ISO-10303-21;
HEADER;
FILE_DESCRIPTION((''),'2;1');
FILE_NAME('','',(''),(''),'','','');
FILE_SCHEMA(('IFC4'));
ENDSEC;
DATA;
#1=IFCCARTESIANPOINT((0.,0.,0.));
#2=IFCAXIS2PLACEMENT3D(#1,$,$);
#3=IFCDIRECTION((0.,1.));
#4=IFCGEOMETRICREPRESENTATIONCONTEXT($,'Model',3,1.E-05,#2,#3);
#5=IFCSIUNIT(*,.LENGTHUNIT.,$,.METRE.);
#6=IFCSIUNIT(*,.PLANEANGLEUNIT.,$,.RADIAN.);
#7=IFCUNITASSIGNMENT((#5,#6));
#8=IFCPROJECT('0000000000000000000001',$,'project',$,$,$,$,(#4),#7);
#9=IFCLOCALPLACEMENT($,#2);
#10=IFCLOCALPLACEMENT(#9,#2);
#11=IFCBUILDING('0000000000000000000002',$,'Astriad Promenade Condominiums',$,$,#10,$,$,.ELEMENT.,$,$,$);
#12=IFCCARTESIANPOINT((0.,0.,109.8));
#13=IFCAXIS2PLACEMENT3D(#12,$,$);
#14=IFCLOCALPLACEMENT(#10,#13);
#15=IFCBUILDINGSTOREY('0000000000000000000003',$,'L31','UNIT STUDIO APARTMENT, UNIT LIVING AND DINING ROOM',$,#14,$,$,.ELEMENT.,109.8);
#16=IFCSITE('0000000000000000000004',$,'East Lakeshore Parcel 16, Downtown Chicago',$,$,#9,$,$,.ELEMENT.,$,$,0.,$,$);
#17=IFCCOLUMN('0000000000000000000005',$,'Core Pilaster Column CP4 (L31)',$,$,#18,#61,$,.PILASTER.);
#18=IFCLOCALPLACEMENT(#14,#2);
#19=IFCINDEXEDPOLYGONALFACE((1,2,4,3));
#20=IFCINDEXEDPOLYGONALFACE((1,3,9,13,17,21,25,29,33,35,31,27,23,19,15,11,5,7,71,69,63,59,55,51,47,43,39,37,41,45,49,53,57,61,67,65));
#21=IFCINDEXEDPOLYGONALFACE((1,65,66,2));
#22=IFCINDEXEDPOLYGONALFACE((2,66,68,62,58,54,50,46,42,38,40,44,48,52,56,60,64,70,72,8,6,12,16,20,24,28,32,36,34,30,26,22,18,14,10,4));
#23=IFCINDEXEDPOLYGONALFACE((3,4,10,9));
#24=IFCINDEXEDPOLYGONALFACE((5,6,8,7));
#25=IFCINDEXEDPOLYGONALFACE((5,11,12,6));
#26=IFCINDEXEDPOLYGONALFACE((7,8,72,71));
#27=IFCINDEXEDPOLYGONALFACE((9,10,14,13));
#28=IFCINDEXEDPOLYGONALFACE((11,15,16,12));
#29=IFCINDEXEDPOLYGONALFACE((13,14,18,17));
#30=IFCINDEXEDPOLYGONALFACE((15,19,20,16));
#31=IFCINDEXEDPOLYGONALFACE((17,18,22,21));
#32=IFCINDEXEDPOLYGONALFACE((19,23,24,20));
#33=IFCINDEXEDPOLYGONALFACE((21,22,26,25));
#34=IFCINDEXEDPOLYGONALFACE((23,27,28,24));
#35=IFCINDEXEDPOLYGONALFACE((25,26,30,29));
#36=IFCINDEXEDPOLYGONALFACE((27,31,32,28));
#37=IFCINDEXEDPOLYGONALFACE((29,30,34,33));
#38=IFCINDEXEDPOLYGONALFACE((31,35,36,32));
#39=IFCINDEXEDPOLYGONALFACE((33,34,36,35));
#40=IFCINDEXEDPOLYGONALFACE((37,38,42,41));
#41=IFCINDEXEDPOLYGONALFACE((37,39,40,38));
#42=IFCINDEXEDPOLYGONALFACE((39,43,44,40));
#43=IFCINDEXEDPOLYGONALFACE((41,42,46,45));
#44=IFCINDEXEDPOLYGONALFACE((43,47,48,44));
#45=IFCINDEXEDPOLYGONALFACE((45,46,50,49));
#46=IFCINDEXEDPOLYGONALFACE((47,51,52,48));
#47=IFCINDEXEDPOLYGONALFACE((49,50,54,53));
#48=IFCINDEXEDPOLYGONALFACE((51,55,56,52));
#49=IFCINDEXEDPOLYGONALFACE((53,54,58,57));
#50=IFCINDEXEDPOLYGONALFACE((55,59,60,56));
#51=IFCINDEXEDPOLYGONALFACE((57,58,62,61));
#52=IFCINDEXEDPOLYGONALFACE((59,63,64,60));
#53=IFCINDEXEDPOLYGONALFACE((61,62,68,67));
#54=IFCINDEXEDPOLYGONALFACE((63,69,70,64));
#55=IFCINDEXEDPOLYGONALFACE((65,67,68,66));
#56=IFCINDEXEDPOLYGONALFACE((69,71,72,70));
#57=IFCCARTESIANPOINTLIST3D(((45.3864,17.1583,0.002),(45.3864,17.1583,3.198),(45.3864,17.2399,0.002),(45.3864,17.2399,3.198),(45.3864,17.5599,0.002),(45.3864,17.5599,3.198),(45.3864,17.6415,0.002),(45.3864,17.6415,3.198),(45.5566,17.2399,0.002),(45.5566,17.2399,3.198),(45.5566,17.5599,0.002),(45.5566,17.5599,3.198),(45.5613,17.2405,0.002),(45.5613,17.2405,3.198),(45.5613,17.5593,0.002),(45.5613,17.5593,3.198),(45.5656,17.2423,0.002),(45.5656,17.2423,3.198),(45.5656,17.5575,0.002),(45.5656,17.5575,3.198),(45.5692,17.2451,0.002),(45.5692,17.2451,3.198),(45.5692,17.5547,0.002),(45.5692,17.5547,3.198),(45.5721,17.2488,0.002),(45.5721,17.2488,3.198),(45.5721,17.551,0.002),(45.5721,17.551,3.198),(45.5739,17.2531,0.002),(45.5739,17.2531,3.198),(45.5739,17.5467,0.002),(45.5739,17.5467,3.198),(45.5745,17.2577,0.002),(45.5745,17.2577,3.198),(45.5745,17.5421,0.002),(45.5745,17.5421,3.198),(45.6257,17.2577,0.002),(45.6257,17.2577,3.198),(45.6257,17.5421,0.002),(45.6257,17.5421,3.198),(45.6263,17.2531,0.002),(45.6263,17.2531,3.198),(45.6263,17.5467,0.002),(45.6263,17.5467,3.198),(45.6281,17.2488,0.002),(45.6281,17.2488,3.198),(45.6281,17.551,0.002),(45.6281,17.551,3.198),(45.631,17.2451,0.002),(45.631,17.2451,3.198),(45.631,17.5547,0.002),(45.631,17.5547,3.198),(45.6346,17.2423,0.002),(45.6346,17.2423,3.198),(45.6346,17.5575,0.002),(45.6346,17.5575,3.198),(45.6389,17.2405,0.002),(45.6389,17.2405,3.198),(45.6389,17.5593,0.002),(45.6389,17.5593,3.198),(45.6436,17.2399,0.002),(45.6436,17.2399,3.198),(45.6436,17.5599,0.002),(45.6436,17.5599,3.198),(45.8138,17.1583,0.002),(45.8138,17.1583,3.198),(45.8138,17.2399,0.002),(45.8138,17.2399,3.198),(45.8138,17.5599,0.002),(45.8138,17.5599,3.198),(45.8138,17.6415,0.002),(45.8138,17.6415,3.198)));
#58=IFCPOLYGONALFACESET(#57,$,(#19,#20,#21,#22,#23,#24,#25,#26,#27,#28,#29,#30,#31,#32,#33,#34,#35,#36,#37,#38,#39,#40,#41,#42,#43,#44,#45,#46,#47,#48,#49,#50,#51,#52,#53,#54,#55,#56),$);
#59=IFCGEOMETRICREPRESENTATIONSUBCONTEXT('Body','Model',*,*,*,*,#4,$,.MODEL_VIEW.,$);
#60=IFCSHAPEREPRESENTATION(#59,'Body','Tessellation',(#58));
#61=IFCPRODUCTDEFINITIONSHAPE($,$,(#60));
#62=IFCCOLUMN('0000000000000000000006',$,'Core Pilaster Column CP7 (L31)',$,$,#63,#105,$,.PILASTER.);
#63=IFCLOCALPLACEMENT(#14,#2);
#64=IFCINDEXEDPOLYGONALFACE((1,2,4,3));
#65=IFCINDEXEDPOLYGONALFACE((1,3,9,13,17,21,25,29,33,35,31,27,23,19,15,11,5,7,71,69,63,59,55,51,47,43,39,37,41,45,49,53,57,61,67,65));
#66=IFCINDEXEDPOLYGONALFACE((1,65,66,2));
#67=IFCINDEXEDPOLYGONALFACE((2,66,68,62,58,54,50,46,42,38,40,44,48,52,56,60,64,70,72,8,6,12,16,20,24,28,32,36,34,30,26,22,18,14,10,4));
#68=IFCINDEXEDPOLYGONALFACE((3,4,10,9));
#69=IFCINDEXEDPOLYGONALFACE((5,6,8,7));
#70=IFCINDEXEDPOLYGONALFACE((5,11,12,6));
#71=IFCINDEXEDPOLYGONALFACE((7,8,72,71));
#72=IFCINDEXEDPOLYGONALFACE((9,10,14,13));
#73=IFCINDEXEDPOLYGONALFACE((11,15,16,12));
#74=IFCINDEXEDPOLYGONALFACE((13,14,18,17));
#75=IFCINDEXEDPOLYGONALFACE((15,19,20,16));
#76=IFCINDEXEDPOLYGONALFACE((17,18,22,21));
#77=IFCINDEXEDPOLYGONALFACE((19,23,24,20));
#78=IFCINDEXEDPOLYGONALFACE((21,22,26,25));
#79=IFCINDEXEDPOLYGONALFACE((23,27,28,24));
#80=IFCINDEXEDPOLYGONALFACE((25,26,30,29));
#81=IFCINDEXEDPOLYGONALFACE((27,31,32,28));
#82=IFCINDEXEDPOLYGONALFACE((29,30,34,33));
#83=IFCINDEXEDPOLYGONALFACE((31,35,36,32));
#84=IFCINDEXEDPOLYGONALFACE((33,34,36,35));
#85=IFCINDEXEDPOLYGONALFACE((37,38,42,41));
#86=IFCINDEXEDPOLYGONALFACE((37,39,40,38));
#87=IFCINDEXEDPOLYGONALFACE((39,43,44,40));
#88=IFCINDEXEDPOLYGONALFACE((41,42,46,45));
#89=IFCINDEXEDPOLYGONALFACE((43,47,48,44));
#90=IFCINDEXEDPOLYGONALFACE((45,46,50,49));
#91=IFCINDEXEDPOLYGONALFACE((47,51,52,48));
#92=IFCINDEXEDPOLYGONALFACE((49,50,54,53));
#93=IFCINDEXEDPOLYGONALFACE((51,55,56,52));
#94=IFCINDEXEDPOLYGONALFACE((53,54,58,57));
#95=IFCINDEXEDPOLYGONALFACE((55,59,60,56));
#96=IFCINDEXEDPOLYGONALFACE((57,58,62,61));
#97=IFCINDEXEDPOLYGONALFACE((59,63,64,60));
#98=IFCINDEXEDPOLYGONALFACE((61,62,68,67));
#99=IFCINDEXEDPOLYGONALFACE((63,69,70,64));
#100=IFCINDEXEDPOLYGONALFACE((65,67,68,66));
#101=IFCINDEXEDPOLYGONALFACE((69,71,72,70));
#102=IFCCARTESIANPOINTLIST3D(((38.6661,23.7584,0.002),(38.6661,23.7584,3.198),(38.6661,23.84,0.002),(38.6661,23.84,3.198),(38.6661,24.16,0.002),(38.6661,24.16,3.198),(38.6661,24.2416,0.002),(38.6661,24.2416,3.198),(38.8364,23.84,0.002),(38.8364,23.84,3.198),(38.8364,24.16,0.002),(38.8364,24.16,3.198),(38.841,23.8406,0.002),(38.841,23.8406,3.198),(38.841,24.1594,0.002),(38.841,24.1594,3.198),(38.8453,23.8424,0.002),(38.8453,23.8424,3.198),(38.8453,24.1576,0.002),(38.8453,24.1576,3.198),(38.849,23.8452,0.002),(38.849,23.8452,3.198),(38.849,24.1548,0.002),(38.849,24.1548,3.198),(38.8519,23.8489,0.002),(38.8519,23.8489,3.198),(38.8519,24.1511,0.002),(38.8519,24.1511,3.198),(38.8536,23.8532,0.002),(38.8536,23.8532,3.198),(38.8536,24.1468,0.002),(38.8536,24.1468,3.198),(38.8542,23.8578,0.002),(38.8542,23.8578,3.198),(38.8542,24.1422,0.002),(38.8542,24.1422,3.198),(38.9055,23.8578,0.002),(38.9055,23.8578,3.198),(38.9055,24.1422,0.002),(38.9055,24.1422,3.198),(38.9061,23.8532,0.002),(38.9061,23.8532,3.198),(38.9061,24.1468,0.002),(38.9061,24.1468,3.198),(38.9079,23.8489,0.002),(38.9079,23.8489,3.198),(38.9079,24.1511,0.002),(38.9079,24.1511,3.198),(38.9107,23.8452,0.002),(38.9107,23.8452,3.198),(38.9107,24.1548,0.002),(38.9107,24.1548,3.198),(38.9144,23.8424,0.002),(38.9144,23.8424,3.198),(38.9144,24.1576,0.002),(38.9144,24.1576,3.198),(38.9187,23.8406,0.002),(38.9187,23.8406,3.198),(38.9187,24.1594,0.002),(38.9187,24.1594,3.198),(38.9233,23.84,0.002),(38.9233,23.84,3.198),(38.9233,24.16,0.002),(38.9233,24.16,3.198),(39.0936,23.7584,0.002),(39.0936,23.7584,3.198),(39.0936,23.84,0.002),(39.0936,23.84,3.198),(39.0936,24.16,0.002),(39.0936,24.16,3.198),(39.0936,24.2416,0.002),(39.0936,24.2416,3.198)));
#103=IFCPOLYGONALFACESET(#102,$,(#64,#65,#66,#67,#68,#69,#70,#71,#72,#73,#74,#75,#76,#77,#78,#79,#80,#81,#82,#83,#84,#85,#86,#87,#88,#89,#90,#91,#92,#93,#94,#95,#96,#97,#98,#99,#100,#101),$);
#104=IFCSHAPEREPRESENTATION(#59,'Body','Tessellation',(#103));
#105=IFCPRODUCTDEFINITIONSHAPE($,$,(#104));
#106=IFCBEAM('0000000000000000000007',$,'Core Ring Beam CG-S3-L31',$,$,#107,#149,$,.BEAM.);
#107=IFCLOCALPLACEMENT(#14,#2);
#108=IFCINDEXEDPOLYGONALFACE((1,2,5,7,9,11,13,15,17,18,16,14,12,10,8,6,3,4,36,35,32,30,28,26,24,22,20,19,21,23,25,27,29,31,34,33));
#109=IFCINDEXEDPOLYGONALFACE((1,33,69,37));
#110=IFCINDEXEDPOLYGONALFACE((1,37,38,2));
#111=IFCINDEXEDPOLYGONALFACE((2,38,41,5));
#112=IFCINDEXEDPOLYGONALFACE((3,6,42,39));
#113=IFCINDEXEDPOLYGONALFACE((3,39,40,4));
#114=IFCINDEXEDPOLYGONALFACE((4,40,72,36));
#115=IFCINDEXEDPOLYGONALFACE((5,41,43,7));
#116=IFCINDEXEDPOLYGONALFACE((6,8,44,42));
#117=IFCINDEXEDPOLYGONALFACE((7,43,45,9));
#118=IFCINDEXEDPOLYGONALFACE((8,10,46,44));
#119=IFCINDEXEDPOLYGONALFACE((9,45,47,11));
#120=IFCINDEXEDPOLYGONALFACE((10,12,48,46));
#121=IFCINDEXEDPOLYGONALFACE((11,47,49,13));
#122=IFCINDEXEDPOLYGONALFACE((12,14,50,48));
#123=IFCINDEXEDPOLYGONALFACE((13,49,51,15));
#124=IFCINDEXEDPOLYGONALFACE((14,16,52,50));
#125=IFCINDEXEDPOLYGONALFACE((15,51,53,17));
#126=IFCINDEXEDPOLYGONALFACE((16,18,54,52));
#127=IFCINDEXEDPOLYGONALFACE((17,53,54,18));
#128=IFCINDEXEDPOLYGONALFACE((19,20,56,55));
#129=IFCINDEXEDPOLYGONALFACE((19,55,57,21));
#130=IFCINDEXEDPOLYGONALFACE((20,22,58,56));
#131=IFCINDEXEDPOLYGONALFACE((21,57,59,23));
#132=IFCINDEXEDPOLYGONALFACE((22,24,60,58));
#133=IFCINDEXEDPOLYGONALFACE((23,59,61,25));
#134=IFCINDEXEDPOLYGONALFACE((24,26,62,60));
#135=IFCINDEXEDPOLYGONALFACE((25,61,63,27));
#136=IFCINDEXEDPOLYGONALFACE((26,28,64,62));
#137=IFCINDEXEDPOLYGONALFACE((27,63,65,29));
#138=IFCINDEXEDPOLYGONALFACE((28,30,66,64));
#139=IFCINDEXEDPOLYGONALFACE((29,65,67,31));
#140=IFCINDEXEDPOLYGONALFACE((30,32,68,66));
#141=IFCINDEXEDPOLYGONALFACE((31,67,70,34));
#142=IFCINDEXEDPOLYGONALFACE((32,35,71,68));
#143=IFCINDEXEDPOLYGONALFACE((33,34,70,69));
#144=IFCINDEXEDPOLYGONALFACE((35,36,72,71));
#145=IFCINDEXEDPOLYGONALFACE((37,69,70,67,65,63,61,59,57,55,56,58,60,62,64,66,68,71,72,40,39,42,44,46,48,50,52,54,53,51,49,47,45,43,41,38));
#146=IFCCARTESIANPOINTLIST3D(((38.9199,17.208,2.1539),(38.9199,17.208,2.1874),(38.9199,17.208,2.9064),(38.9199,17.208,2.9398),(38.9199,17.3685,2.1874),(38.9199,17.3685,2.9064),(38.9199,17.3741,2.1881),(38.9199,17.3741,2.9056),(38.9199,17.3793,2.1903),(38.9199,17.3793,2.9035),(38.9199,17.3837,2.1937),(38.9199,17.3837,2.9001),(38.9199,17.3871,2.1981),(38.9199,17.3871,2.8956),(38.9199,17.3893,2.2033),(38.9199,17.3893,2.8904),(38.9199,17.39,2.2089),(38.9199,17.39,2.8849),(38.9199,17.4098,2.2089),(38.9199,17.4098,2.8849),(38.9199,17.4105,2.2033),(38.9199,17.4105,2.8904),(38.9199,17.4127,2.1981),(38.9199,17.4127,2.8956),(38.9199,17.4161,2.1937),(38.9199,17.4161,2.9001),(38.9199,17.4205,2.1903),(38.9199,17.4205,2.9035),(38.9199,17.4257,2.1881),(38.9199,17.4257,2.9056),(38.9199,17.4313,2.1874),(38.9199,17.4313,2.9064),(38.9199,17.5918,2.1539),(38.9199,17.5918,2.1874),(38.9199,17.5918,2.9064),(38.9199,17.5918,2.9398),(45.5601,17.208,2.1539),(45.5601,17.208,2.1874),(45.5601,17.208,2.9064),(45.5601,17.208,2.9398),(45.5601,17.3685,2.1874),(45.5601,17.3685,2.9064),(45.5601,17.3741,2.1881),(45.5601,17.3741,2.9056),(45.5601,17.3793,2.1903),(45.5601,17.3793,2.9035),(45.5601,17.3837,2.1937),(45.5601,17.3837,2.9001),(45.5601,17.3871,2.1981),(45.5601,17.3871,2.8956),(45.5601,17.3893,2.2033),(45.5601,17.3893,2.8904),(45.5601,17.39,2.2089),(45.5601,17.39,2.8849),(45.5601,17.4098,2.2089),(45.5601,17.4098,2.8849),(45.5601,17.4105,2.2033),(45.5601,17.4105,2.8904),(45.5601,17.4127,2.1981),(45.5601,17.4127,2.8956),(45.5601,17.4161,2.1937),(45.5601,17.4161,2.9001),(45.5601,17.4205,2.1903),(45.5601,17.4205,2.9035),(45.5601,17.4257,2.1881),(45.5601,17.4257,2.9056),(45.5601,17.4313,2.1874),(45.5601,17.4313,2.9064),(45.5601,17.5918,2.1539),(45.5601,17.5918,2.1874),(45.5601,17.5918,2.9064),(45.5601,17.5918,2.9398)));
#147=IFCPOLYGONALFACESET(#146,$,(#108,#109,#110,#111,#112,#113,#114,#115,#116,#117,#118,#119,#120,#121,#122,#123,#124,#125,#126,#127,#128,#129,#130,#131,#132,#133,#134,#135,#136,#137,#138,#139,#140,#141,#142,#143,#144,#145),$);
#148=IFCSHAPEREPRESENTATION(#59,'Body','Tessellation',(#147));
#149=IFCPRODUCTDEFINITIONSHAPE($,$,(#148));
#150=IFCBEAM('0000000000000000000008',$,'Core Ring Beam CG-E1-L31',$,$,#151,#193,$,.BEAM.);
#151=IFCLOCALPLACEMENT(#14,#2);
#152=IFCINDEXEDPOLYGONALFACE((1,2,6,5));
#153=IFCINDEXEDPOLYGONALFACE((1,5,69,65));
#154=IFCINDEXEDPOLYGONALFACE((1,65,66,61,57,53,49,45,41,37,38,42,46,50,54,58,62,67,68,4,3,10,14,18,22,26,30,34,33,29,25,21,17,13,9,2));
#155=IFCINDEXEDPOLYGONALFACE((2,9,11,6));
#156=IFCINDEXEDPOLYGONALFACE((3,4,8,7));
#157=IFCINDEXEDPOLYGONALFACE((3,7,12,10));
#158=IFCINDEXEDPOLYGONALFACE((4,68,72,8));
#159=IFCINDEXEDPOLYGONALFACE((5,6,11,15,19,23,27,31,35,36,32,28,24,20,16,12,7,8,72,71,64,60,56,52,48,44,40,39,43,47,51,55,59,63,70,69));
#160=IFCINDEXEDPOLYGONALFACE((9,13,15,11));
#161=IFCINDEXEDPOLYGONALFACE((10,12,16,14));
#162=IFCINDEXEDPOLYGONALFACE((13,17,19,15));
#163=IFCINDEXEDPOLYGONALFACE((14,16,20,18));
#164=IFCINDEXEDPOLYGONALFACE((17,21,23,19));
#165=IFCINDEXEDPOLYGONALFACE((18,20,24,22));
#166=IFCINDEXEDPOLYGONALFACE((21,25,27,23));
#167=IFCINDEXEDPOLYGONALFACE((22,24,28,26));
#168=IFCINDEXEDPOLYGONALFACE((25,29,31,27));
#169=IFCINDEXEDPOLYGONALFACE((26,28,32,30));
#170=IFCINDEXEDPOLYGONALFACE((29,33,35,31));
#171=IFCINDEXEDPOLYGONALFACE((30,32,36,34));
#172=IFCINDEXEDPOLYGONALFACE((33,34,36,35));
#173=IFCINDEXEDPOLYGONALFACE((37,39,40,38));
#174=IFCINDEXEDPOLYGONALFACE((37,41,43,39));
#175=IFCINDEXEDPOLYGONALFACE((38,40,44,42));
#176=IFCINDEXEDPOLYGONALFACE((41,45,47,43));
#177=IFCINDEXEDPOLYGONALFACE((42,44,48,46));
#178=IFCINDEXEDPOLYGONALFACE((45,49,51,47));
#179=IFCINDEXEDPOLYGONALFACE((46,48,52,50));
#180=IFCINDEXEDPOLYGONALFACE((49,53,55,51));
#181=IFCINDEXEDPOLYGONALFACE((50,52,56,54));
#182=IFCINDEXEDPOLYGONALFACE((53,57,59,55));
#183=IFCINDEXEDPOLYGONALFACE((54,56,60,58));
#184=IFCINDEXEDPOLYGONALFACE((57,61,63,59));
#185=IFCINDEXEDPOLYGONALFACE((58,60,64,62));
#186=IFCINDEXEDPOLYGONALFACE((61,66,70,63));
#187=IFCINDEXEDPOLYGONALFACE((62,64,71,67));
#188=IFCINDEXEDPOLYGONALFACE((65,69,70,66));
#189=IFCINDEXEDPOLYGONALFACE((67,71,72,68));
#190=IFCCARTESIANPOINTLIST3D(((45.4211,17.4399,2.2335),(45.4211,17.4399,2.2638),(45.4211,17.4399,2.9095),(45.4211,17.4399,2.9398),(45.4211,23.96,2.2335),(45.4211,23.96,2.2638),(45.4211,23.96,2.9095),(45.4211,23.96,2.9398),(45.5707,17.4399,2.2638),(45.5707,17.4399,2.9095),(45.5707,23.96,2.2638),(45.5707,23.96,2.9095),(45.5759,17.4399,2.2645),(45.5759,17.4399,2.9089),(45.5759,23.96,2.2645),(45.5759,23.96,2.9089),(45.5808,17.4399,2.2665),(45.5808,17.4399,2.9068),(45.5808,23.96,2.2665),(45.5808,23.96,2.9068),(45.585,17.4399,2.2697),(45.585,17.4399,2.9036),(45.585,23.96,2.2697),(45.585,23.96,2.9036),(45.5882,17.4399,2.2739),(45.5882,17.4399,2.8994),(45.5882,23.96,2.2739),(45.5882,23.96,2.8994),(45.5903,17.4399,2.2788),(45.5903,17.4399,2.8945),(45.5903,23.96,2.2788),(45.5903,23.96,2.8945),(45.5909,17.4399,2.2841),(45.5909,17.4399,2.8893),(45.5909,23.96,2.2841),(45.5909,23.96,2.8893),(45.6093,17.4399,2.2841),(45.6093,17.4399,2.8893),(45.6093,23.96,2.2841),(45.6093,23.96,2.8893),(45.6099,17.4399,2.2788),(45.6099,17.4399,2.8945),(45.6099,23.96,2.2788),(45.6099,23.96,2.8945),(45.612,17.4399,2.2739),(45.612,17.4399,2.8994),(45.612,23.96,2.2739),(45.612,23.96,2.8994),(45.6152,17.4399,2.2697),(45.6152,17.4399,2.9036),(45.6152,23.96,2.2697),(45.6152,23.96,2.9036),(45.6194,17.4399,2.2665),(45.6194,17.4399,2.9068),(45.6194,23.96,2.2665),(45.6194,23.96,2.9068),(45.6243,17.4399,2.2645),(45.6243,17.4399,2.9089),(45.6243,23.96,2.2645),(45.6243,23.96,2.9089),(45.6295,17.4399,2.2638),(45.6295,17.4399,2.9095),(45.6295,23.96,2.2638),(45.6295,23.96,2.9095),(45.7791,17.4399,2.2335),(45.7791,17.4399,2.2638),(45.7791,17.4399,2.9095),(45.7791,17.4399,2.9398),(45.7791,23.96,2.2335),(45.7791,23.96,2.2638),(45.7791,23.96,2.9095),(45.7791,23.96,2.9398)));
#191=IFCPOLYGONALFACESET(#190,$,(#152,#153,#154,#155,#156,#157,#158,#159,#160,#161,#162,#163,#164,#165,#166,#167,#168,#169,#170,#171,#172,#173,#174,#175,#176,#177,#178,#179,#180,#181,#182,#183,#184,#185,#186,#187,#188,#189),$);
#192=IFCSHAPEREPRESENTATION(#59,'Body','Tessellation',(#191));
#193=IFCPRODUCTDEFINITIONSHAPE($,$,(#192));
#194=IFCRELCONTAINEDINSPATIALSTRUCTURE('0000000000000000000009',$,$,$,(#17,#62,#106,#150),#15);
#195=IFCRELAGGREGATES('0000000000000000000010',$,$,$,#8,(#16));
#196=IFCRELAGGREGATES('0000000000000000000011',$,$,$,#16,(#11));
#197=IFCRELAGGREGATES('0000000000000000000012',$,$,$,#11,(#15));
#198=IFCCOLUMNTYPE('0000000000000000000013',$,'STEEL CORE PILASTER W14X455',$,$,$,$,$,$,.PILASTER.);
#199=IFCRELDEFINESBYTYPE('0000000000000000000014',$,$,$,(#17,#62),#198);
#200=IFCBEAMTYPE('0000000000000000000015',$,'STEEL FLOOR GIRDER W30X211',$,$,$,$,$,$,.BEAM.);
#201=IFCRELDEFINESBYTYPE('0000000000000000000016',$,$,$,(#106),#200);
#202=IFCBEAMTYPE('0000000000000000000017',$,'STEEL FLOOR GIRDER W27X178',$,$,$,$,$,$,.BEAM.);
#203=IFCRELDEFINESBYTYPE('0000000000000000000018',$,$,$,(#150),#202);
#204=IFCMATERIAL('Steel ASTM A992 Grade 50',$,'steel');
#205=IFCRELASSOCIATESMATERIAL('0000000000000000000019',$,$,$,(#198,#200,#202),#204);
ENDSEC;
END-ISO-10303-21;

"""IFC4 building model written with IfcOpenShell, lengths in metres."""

from ifc_helpers import new_model, si_unit, direction, frame, origin, origin_2d, place, context, subcontext, project, spatial, i_section, extrude, source, transform, mapped, material, material_profile, profile_set, type_object, type_shapes, element, save


model = new_model("IFC4")

# Units and contexts
model_context = context("Model", 3, precision=1e-05, world=origin(), true_north=direction((0.0, 1.0)))
body_context = subcontext(model_context, "Body", "Model", "MODEL_VIEW")
ifc_project = project(units=[si_unit("LENGTHUNIT", "METRE"), si_unit("PLANEANGLEUNIT", "RADIAN")], contexts=[model_context])

# Site, building, storey
site_placement = place(None, origin())
site = spatial("IfcSite", under=ifc_project, at=site_placement, Name="East Lakeshore Parcel 16, Downtown Chicago", CompositionType="ELEMENT", RefElevation=0.0)
building_placement = place(site_placement, origin())
building = spatial("IfcBuilding", under=site, at=building_placement, Name="Astriad Promenade Condominiums", CompositionType="ELEMENT")
storey_placement = place(building_placement, frame((0.0, 0.0, 109.8)))
storey = spatial("IfcBuildingStorey", under=building, at=storey_placement, Name="L31", Description="UNIT STUDIO APARTMENT, UNIT LIVING AND DINING ROOM", CompositionType="ELEMENT", Elevation=109.8)

# Columns
ifc_material_1 = material(Name="Steel ASTM A992 Grade 50", Category="steel")
ifc_material_profile_1 = material_profile(ifc_material_1, i_section(OverallWidth=0.4275, OverallDepth=0.4832, WebThickness=0.0513, FlangeThickness=0.0815, FilletRadius=0.0178, at=origin_2d()), Name="W14X455")
ifc_profile_set_1 = profile_set([ifc_material_profile_1], Name="Steel ASTM A992 Grade 50")
column_type = type_object("IfcColumnType", Name="STEEL CORE PILASTER W14X455", PredefinedType="PILASTER", material=ifc_profile_set_1)
shared_shape_1 = source(origin(), body_context, "Body", "SweptSolid", [
    extrude(i_section(OverallWidth=0.4275, OverallDepth=0.4832, WebThickness=0.0513, FlangeThickness=0.0815, FilletRadius=0.0178, at=origin_2d()), origin(), (0.0, 0.0, 1.0), 3.196),
])
type_shapes(column_type, [shared_shape_1])
for number, where, z_axis, x_axis, name in (
    (1, (45.6001, 17.3999, 0.002), (0.0, 0.0, 1.0), (1.0, 0.0, 0.0), "Core Pilaster Column CP4 (L31)"),
    (2, (38.8799, 24.0, 0.002), (0.0, 0.0, 1.0), (1.0, 0.0, 0.0), "Core Pilaster Column CP7 (L31)"),
):
    element("IfcColumn", number, at=place(storey_placement, frame(where, z_axis=z_axis, x_axis=x_axis)), inside=storey, type_object=column_type, Name=name, PredefinedType="PILASTER", context=body_context, shape_type="MappedRepresentation", body=[
        mapped(shared_shape_1, transform((0.0, 0.0, 0.0), scale=1.0)),
    ])

# Beams
ifc_material_profile_2 = material_profile(ifc_material_1, i_section(OverallWidth=0.3838, OverallDepth=0.7859, WebThickness=0.0198, FlangeThickness=0.0334, FilletRadius=0.0215, at=origin_2d()), Name="W30X211")
ifc_profile_set_2 = profile_set([ifc_material_profile_2], Name="Steel ASTM A992 Grade 50")
beam_type_1 = type_object("IfcBeamType", Name="STEEL FLOOR GIRDER W30X211", PredefinedType="BEAM", material=ifc_profile_set_2)
shared_shape_2 = source(origin(), body_context, "Body", "SweptSolid", [
    extrude(i_section(OverallWidth=0.3838, OverallDepth=0.7859, WebThickness=0.0198, FlangeThickness=0.0334, FilletRadius=0.0215, at=origin_2d()), origin(), (0.0, 0.0, 1.0), 6.6401),
])
type_shapes(beam_type_1, [shared_shape_2])
beam_1_placement = place(storey_placement, frame((38.9199, 17.3999, 2.5469), z_axis=(1.0, 0.0, 0.0), x_axis=(0.0, 1.0, 0.0)))
element("IfcBeam", 3, at=beam_1_placement, inside=storey, type_object=beam_type_1, Name="Core Ring Beam CG-S3-L31", PredefinedType="BEAM", context=body_context, shape_type="MappedRepresentation", body=[
    mapped(shared_shape_2, transform((0.0, 0.0, 0.0), scale=1.0)),
])
ifc_material_profile_3 = material_profile(ifc_material_1, i_section(OverallWidth=0.3579, OverallDepth=0.7063, WebThickness=0.0183, FlangeThickness=0.0303, FilletRadius=0.0203, at=origin_2d()), Name="W27X178")
ifc_profile_set_3 = profile_set([ifc_material_profile_3], Name="Steel ASTM A992 Grade 50")
beam_type_2 = type_object("IfcBeamType", Name="STEEL FLOOR GIRDER W27X178", PredefinedType="BEAM", material=ifc_profile_set_3)
shared_shape_3 = source(origin(), body_context, "Body", "SweptSolid", [
    extrude(i_section(OverallWidth=0.3579, OverallDepth=0.7063, WebThickness=0.0183, FlangeThickness=0.0303, FilletRadius=0.0203, at=origin_2d()), origin(), (0.0, 0.0, 1.0), 6.52),
])
type_shapes(beam_type_2, [shared_shape_3])
beam_2_placement = place(storey_placement, frame((45.6001, 17.4399, 2.5867), z_axis=(0.0, 1.0, 0.0), x_axis=(-1.0, 0.0, 0.0)))
element("IfcBeam", 4, at=beam_2_placement, inside=storey, type_object=beam_type_2, Name="Core Ring Beam CG-E1-L31", PredefinedType="BEAM", context=body_context, shape_type="MappedRepresentation", body=[
    mapped(shared_shape_3, transform((0.0, 0.0, 0.0), scale=1.0)),
])

save(model, "model.ifc")
